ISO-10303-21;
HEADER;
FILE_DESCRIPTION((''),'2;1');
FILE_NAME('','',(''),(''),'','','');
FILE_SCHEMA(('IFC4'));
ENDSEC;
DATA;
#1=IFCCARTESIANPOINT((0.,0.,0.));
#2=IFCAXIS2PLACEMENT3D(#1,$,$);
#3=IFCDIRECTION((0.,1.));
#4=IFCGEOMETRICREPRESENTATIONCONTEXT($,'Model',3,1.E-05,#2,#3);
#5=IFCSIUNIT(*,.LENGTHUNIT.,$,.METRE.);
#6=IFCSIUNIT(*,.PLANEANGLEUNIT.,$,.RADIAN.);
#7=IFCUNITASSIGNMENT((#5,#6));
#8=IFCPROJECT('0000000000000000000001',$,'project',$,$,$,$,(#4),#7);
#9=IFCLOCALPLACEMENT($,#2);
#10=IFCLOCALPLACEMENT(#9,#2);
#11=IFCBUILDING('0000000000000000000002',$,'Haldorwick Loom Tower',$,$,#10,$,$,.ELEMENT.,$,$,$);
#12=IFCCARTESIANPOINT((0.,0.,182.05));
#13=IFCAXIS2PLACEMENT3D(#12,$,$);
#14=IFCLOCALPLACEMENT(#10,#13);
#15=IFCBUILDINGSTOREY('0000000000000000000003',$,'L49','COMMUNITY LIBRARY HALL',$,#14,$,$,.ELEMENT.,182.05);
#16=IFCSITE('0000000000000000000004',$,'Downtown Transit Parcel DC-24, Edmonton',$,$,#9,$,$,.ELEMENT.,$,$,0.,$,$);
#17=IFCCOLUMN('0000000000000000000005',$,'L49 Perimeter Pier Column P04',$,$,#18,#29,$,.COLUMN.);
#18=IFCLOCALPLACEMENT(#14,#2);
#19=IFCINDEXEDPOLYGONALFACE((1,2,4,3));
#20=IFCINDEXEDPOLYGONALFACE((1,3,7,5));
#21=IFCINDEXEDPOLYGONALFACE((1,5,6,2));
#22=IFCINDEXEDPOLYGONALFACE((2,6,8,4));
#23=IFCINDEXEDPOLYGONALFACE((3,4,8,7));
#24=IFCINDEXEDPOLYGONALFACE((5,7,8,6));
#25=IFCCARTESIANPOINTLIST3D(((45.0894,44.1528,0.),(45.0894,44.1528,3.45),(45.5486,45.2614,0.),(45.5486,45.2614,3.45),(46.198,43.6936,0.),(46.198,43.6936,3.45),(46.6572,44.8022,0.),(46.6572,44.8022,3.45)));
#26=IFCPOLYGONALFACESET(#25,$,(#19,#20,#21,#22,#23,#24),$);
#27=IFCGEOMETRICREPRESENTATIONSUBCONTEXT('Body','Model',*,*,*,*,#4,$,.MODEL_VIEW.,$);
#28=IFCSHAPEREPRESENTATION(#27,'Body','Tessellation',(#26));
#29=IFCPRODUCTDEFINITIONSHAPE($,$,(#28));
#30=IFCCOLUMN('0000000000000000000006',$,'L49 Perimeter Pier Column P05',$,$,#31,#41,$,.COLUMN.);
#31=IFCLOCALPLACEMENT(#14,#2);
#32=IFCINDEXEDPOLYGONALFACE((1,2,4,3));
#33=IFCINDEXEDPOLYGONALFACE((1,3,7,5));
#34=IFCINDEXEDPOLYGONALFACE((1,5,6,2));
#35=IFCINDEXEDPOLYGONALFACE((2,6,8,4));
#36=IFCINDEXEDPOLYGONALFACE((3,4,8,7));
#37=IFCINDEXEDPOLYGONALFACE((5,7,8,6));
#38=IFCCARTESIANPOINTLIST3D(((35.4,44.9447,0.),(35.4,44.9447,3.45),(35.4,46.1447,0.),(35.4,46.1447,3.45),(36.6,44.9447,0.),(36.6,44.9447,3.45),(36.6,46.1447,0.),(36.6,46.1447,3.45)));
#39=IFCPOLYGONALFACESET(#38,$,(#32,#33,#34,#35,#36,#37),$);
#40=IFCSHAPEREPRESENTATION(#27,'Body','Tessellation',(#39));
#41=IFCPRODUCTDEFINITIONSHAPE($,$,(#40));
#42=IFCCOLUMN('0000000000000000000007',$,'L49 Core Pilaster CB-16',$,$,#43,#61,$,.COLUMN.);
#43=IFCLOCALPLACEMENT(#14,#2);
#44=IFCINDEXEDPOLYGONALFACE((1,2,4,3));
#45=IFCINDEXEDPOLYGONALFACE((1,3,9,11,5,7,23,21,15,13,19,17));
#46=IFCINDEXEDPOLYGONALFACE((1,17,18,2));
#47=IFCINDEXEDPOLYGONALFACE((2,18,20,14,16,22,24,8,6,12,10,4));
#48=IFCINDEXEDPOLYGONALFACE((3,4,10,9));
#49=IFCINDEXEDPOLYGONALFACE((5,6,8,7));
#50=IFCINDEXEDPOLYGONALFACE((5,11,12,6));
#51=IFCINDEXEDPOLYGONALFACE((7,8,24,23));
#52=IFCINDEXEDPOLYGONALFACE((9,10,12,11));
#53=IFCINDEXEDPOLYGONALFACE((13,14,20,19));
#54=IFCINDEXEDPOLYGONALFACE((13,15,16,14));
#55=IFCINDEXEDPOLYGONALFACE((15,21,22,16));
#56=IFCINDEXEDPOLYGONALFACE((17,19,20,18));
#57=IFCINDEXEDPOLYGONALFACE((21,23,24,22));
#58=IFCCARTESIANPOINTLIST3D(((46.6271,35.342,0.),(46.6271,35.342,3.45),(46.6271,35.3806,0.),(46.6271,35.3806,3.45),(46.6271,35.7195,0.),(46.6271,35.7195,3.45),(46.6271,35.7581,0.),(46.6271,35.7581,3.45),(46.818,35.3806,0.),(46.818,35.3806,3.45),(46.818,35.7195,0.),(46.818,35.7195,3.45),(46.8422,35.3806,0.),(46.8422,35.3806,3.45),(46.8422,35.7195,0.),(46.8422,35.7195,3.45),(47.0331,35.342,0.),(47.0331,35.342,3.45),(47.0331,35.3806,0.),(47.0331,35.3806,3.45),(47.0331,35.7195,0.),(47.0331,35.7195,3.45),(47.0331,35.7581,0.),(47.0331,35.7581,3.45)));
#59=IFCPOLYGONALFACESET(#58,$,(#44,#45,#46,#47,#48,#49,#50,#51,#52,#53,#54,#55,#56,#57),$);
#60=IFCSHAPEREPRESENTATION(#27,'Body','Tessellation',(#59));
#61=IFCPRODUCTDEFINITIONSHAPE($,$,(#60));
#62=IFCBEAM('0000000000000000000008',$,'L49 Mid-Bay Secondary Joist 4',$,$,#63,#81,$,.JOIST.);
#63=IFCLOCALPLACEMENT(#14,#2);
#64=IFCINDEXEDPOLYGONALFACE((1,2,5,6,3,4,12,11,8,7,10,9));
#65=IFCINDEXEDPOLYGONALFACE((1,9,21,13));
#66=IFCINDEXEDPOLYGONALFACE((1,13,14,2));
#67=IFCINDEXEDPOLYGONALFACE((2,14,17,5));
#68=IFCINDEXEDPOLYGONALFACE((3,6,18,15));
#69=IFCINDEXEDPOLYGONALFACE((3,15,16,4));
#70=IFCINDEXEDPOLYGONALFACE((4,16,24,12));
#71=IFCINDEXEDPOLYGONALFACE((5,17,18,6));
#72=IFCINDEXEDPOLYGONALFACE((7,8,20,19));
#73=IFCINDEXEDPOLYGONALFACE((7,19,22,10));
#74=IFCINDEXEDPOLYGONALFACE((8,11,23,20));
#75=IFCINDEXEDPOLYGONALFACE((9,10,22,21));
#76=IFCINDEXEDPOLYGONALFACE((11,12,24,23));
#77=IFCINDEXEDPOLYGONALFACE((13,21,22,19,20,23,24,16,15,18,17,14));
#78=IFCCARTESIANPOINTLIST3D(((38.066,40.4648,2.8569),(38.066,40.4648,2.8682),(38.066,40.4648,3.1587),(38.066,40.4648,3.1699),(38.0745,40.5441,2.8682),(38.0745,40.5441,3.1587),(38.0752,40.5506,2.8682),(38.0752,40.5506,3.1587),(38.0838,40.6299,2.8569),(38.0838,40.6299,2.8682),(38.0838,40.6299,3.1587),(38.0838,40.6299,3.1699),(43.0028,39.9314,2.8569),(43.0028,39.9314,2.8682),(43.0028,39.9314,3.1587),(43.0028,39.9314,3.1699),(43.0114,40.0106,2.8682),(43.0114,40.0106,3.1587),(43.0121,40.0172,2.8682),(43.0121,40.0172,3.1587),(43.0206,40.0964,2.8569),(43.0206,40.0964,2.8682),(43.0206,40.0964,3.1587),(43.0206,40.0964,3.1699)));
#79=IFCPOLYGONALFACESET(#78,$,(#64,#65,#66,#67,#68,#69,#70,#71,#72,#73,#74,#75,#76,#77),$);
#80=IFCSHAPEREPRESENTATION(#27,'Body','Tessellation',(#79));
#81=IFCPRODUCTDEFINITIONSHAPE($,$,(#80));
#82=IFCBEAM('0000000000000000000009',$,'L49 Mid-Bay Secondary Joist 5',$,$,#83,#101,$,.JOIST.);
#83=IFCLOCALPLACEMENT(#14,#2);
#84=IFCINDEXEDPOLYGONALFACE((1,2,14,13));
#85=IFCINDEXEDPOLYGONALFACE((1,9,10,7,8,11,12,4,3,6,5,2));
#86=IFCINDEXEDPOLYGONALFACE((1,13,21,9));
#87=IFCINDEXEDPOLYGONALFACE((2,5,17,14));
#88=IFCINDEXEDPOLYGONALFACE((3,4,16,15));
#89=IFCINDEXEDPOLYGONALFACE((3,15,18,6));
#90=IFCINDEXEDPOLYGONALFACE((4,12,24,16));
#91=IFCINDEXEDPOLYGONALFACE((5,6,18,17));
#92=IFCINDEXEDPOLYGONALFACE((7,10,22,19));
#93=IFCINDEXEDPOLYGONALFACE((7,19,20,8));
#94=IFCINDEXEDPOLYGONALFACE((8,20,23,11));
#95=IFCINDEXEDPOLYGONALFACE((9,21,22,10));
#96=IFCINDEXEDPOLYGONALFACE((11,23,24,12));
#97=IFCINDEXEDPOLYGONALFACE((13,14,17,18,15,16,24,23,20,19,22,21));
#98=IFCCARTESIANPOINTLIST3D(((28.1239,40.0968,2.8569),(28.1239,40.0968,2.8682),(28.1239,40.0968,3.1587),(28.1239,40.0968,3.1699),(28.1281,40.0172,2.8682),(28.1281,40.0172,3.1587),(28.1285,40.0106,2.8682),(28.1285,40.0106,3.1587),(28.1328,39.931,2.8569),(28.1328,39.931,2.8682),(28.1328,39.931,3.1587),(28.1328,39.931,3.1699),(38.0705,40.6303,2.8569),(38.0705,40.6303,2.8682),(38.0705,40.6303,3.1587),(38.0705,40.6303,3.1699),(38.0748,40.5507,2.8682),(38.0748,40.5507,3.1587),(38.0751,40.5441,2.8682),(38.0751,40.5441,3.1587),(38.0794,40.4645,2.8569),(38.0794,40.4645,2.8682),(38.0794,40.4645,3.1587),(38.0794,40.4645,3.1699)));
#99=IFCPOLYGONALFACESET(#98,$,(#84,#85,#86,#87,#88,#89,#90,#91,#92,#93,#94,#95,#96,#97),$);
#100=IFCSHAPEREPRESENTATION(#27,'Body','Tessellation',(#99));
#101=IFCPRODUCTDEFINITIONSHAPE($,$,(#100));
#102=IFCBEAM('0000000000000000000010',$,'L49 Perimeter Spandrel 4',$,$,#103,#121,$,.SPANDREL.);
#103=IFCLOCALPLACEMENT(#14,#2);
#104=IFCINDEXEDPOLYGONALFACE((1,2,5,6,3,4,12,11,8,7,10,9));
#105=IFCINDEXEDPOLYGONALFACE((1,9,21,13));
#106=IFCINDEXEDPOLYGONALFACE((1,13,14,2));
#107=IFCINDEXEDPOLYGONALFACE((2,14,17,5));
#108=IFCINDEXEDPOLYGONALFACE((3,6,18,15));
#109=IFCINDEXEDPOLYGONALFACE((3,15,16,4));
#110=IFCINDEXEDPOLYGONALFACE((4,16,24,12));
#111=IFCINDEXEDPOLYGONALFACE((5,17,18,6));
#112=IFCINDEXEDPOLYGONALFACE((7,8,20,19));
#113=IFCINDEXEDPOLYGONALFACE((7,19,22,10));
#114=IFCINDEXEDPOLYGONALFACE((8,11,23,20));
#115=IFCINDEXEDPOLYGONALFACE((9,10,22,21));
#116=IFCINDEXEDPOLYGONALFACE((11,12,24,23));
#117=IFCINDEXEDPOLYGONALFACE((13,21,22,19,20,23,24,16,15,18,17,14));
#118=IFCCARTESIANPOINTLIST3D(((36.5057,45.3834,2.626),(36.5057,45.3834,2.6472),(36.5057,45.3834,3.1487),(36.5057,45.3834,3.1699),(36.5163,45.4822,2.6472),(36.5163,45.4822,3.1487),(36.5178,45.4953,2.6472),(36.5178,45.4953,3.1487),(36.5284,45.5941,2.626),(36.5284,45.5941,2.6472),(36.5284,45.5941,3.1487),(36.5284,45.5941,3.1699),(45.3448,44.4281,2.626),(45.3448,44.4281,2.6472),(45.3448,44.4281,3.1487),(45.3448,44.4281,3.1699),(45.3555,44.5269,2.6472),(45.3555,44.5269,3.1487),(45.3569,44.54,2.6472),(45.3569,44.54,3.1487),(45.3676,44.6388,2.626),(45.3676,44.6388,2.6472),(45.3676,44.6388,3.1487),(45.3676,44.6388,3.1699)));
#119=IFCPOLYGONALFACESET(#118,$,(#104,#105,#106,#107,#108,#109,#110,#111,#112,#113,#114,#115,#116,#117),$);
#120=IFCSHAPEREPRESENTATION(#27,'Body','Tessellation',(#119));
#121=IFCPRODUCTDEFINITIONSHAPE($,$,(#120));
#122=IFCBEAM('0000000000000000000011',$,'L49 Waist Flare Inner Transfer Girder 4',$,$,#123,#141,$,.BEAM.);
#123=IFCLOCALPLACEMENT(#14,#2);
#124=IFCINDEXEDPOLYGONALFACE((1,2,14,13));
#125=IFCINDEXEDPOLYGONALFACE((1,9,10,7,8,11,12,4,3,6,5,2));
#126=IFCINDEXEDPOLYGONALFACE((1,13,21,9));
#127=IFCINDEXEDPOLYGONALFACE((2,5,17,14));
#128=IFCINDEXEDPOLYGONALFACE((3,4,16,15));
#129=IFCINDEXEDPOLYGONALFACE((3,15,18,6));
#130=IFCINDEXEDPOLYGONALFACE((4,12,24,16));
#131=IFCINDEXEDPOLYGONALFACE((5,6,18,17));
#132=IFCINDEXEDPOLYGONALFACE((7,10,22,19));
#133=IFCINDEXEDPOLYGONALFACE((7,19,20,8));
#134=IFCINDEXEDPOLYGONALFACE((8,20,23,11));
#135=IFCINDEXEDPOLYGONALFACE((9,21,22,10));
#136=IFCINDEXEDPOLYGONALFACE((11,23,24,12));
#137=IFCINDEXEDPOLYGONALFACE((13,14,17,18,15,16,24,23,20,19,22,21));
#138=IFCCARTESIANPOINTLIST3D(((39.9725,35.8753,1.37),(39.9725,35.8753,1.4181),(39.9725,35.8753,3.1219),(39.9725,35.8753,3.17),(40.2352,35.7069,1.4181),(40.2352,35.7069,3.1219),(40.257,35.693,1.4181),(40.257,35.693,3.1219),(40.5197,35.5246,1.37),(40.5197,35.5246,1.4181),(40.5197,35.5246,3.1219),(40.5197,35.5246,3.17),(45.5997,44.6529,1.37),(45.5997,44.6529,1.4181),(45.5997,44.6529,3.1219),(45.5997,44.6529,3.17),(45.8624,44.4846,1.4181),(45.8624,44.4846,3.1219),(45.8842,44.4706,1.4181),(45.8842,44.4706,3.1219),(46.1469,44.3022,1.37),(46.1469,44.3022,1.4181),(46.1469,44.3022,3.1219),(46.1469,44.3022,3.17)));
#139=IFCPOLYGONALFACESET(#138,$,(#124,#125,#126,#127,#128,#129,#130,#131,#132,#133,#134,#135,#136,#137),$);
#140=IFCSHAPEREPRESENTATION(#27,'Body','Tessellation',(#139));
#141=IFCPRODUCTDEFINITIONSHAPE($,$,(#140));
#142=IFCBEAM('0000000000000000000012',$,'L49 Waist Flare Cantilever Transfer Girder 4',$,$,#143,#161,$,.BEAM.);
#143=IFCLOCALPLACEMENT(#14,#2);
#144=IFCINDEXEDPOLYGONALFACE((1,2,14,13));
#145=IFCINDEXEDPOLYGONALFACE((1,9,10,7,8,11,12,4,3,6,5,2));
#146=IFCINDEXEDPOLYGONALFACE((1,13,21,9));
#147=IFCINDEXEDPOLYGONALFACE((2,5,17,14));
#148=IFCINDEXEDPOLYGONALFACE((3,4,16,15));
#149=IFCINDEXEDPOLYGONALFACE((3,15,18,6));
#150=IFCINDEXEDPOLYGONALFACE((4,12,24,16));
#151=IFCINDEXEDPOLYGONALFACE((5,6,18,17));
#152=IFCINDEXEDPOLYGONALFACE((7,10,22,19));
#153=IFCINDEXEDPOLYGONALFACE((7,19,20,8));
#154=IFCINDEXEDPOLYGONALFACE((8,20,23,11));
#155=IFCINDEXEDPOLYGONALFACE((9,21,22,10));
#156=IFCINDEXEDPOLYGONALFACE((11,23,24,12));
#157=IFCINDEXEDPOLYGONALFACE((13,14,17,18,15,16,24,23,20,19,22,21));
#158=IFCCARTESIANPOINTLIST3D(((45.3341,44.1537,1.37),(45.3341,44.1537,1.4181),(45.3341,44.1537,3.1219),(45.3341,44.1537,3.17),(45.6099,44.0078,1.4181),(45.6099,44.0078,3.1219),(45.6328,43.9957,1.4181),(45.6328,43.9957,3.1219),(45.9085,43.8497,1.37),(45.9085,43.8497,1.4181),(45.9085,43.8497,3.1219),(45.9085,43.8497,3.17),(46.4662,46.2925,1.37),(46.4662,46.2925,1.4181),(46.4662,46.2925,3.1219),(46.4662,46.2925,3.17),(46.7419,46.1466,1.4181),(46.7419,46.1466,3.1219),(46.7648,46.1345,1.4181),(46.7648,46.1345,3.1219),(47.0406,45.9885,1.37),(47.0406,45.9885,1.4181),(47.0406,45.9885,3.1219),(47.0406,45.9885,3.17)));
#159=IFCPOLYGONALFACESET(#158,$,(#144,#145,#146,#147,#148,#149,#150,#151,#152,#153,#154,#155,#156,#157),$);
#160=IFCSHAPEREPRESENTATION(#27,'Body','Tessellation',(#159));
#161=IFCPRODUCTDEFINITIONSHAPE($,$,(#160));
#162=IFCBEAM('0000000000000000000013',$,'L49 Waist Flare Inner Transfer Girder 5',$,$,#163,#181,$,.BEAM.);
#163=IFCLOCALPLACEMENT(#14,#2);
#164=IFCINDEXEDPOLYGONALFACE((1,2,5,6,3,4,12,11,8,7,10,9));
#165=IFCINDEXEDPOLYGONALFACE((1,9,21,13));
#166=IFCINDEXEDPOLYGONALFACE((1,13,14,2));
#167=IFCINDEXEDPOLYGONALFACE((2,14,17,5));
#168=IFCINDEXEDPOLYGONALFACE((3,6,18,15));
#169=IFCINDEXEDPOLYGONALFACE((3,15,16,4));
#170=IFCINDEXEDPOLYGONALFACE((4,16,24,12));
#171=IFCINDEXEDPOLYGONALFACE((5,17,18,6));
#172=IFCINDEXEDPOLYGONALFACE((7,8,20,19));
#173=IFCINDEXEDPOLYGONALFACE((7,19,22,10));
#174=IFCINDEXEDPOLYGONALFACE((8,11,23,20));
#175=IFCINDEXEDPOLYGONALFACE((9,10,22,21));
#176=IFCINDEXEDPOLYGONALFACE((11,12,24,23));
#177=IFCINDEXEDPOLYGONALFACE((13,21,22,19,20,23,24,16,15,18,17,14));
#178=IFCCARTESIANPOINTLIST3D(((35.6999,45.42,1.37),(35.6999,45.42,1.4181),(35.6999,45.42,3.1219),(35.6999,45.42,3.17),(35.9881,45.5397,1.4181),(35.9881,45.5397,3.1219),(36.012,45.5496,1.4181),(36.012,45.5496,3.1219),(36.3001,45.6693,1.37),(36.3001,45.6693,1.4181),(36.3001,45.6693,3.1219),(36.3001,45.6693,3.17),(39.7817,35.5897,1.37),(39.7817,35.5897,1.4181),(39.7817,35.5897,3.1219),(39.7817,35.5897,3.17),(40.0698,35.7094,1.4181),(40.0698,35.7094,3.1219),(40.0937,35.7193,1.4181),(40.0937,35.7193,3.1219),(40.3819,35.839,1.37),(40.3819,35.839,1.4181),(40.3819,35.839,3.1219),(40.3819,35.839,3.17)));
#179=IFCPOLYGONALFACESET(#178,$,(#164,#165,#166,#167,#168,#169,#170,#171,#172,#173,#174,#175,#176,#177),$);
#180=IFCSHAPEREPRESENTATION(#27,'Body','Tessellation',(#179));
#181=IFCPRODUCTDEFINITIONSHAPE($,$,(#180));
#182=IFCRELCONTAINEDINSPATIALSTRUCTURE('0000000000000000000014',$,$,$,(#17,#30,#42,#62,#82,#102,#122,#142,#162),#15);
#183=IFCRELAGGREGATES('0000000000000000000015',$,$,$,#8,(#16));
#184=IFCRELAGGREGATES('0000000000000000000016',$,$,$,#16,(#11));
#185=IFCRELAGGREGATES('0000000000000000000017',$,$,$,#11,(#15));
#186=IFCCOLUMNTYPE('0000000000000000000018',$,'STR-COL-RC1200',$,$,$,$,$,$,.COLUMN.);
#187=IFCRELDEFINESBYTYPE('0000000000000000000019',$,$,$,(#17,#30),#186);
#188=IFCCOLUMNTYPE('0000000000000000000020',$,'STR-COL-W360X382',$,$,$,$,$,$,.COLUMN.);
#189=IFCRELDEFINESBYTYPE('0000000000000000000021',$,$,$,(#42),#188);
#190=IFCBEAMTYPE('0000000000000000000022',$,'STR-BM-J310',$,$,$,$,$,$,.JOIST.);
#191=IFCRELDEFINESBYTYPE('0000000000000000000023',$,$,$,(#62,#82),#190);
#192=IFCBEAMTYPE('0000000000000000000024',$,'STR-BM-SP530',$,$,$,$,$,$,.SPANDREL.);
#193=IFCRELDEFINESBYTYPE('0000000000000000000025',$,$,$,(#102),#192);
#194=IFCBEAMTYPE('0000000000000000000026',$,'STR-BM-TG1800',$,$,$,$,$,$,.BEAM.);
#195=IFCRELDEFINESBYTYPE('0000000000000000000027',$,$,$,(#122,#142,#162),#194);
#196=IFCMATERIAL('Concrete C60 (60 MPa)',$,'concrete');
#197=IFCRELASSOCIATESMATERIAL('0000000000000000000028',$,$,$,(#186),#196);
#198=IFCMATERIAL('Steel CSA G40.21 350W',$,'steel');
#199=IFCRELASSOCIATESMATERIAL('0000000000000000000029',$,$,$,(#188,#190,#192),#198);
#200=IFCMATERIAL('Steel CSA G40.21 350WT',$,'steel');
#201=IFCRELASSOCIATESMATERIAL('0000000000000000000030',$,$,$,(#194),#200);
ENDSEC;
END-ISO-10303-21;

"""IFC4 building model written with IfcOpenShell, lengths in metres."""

from ifc_helpers import new_model, si_unit, direction, frame, origin, origin_2d, place, context, subcontext, project, spatial, rectangle, i_section, extrude, material, material_profile, profile_set, type_object, element, save


model = new_model("IFC4")

# Units and contexts
model_context = context("Model", 3, precision=1e-05, world=origin(), true_north=direction((0.0, 1.0)))
body_context = subcontext(model_context, "Body", "Model", "MODEL_VIEW")
ifc_project = project(units=[si_unit("LENGTHUNIT", "METRE"), si_unit("PLANEANGLEUNIT", "RADIAN")], contexts=[model_context])

# Site, building, storey
site_placement = place(None, origin())
site = spatial("IfcSite", under=ifc_project, at=site_placement, Name="Downtown Transit Parcel DC-24, Edmonton", CompositionType="ELEMENT", RefElevation=0.0)
building_placement = place(site_placement, origin())
building = spatial("IfcBuilding", under=site, at=building_placement, Name="Haldorwick Loom Tower", CompositionType="ELEMENT")
storey_placement = place(building_placement, frame((0.0, 0.0, 182.05)))
storey = spatial("IfcBuildingStorey", under=building, at=storey_placement, Name="L49", Description="COMMUNITY LIBRARY HALL", CompositionType="ELEMENT", Elevation=182.05)

# Columns
ifc_material_1 = material(Name="Concrete C60 (60 MPa)", Category="concrete")
ifc_material_profile_1 = material_profile(ifc_material_1, rectangle(XDim=1.2, YDim=1.2, at=origin_2d()), Name="RC1200X1200", Category="concrete")
ifc_profile_set_1 = profile_set([ifc_material_profile_1], Name="Concrete C60 (60 MPa)")
column_type_1 = type_object("IfcColumnType", Name="STR-COL-RC1200", PredefinedType="COLUMN", material=ifc_profile_set_1)
for number, where, z_axis, x_axis, name in (
    (1, (45.8733, 44.4775, 0.0), (0.0, 0.0, 1.0), (0.382683, 0.92388, 0.0), "L49 Perimeter Pier Column P04"),
    (2, (36.0, 45.5447, 0.0), (0.0, 0.0, 1.0), (0.0, 1.0, 0.0), "L49 Perimeter Pier Column P05"),
):
    element("IfcColumn", number, at=place(storey_placement, frame(where, z_axis=z_axis, x_axis=x_axis)), inside=storey, type_object=column_type_1, Name=name, PredefinedType="COLUMN", context=body_context, shape_type="SweptSolid", body=[
        extrude(rectangle(XDim=1.2, YDim=1.2, at=origin_2d()), origin(), (0.0, 0.0, 1.0), 3.45),
    ])
ifc_material_2 = material(Name="Steel CSA G40.21 350W", Category="steel")
ifc_material_profile_2 = material_profile(ifc_material_2, i_section(OverallWidth=0.406, OverallDepth=0.416, WebThickness=0.0242, FlangeThickness=0.0386, at=origin_2d()), Name="W360X382", Category="steel")
ifc_profile_set_2 = profile_set([ifc_material_profile_2], Name="Steel CSA G40.21 350W")
column_type_2 = type_object("IfcColumnType", Name="STR-COL-W360X382", PredefinedType="COLUMN", material=ifc_profile_set_2)
column_placement = place(storey_placement, frame((46.8301, 35.55, 0.0), z_axis=(0.0, 0.0, 1.0), x_axis=(1.0, 0.0, 0.0)))
element("IfcColumn", 3, at=column_placement, inside=storey, type_object=column_type_2, Name="L49 Core Pilaster CB-16", PredefinedType="COLUMN", context=body_context, shape_type="SweptSolid", body=[
    extrude(i_section(OverallWidth=0.406, OverallDepth=0.416, WebThickness=0.0242, FlangeThickness=0.0386, at=origin_2d()), origin(), (0.0, 0.0, 1.0), 3.45),
])

# Beams
ifc_material_profile_3 = material_profile(ifc_material_2, i_section(OverallWidth=0.166, OverallDepth=0.313, WebThickness=0.0066, FlangeThickness=0.0112, at=origin_2d()), Name="W310X45", Category="steel")
ifc_profile_set_3 = profile_set([ifc_material_profile_3], Name="Steel CSA G40.21 350W")
beam_type_1 = type_object("IfcBeamType", Name="STR-BM-J310", PredefinedType="JOIST", material=ifc_profile_set_3)
beam_1_placement = place(storey_placement, frame((43.0117, 40.0139, 3.0134), z_axis=(-0.994213, 0.107431, 0.0), x_axis=(-0.107431, -0.994213, 0.0)))
element("IfcBeam", 4, at=beam_1_placement, inside=storey, type_object=beam_type_1, Name="L49 Mid-Bay Secondary Joist 4", PredefinedType="JOIST", context=body_context, shape_type="SweptSolid", body=[
    extrude(i_section(OverallWidth=0.166, OverallDepth=0.313, WebThickness=0.0066, FlangeThickness=0.0112, at=origin_2d()), origin(), (0.0, 0.0, 1.0), 4.9656),
])
beam_2_placement = place(storey_placement, frame((38.075, 40.5474, 3.0134), z_axis=(-0.998565, -0.053555, 0.0), x_axis=(0.053555, -0.998565, 0.0)))
element("IfcBeam", 5, at=beam_2_placement, inside=storey, type_object=beam_type_1, Name="L49 Mid-Bay Secondary Joist 5", PredefinedType="JOIST", context=body_context, shape_type="SweptSolid", body=[
    extrude(i_section(OverallWidth=0.166, OverallDepth=0.313, WebThickness=0.0066, FlangeThickness=0.0112, at=origin_2d()), origin(), (0.0, 0.0, 1.0), 9.9609),
])
ifc_material_profile_4 = material_profile(ifc_material_2, i_section(OverallWidth=0.2119, OverallDepth=0.5439, WebThickness=0.0132, FlangeThickness=0.0212, at=origin_2d()), Name="W530X123", Category="steel")
ifc_profile_set_4 = profile_set([ifc_material_profile_4], Name="Steel CSA G40.21 350W")
beam_type_2 = type_object("IfcBeamType", Name="STR-BM-SP530", PredefinedType="SPANDREL", material=ifc_profile_set_4)
beam_3_placement = place(storey_placement, frame((45.3562, 44.5334, 2.8979), z_axis=(-0.99421, 0.107453, 0.0), x_axis=(-0.107453, -0.99421, 0.0)))
element("IfcBeam", 6, at=beam_3_placement, inside=storey, type_object=beam_type_2, Name="L49 Perimeter Spandrel 4", PredefinedType="SPANDREL", context=body_context, shape_type="SweptSolid", body=[
    extrude(i_section(OverallWidth=0.2119, OverallDepth=0.5439, WebThickness=0.0132, FlangeThickness=0.0212, at=origin_2d()), origin(), (0.0, 0.0, 1.0), 8.8906),
])
ifc_material_3 = material(Name="Steel CSA G40.21 350WT", Category="steel")
ifc_material_profile_5 = material_profile(ifc_material_3, i_section(OverallWidth=0.6499, OverallDepth=1.8, WebThickness=0.0259, FlangeThickness=0.0481, at=origin_2d()), Name="WWF1800X650", Category="steel")
ifc_profile_set_5 = profile_set([ifc_material_profile_5], Name="Steel CSA G40.21 350WT")
beam_type_3 = type_object("IfcBeamType", Name="STR-BM-TG1800", PredefinedType="BEAM", material=ifc_profile_set_5)
beam_4_placement = place(storey_placement, frame((40.2461, 35.7, 2.27), z_axis=(0.539703, 0.841856, 0.0), x_axis=(-0.841856, 0.539703, 0.0)))
element("IfcBeam", 7, at=beam_4_placement, inside=storey, type_object=beam_type_3, Name="L49 Waist Flare Inner Transfer Girder 4", PredefinedType="BEAM", context=body_context, shape_type="SweptSolid", body=[
    extrude(i_section(OverallWidth=0.6499, OverallDepth=1.8, WebThickness=0.0259, FlangeThickness=0.0481, at=origin_2d()), origin(), (0.0, 0.0, 1.0), 10.4265),
])
beam_5_placement = place(storey_placement, frame((45.6213, 44.0017, 2.27), z_axis=(0.467795, 0.883837, 0.0), x_axis=(-0.883837, 0.467795, 0.0)))
element("IfcBeam", 8, at=beam_5_placement, inside=storey, type_object=beam_type_3, Name="L49 Waist Flare Cantilever Transfer Girder 4", PredefinedType="BEAM", context=body_context, shape_type="SweptSolid", body=[
    extrude(i_section(OverallWidth=0.6499, OverallDepth=1.8, WebThickness=0.0259, FlangeThickness=0.0481, at=origin_2d()), origin(), (0.0, 0.0, 1.0), 2.4199),
])
beam_6_placement = place(storey_placement, frame((40.0818, 35.7144, 2.27), z_axis=(-0.38348, 0.923549, 0.0), x_axis=(-0.923549, -0.38348, 0.0)))
element("IfcBeam", 9, at=beam_6_placement, inside=storey, type_object=beam_type_3, Name="L49 Waist Flare Inner Transfer Girder 5", PredefinedType="BEAM", context=body_context, shape_type="SweptSolid", body=[
    extrude(i_section(OverallWidth=0.6499, OverallDepth=1.8, WebThickness=0.0259, FlangeThickness=0.0481, at=origin_2d()), origin(), (0.0, 0.0, 1.0), 10.644),
])

save(model, "model.ifc")
